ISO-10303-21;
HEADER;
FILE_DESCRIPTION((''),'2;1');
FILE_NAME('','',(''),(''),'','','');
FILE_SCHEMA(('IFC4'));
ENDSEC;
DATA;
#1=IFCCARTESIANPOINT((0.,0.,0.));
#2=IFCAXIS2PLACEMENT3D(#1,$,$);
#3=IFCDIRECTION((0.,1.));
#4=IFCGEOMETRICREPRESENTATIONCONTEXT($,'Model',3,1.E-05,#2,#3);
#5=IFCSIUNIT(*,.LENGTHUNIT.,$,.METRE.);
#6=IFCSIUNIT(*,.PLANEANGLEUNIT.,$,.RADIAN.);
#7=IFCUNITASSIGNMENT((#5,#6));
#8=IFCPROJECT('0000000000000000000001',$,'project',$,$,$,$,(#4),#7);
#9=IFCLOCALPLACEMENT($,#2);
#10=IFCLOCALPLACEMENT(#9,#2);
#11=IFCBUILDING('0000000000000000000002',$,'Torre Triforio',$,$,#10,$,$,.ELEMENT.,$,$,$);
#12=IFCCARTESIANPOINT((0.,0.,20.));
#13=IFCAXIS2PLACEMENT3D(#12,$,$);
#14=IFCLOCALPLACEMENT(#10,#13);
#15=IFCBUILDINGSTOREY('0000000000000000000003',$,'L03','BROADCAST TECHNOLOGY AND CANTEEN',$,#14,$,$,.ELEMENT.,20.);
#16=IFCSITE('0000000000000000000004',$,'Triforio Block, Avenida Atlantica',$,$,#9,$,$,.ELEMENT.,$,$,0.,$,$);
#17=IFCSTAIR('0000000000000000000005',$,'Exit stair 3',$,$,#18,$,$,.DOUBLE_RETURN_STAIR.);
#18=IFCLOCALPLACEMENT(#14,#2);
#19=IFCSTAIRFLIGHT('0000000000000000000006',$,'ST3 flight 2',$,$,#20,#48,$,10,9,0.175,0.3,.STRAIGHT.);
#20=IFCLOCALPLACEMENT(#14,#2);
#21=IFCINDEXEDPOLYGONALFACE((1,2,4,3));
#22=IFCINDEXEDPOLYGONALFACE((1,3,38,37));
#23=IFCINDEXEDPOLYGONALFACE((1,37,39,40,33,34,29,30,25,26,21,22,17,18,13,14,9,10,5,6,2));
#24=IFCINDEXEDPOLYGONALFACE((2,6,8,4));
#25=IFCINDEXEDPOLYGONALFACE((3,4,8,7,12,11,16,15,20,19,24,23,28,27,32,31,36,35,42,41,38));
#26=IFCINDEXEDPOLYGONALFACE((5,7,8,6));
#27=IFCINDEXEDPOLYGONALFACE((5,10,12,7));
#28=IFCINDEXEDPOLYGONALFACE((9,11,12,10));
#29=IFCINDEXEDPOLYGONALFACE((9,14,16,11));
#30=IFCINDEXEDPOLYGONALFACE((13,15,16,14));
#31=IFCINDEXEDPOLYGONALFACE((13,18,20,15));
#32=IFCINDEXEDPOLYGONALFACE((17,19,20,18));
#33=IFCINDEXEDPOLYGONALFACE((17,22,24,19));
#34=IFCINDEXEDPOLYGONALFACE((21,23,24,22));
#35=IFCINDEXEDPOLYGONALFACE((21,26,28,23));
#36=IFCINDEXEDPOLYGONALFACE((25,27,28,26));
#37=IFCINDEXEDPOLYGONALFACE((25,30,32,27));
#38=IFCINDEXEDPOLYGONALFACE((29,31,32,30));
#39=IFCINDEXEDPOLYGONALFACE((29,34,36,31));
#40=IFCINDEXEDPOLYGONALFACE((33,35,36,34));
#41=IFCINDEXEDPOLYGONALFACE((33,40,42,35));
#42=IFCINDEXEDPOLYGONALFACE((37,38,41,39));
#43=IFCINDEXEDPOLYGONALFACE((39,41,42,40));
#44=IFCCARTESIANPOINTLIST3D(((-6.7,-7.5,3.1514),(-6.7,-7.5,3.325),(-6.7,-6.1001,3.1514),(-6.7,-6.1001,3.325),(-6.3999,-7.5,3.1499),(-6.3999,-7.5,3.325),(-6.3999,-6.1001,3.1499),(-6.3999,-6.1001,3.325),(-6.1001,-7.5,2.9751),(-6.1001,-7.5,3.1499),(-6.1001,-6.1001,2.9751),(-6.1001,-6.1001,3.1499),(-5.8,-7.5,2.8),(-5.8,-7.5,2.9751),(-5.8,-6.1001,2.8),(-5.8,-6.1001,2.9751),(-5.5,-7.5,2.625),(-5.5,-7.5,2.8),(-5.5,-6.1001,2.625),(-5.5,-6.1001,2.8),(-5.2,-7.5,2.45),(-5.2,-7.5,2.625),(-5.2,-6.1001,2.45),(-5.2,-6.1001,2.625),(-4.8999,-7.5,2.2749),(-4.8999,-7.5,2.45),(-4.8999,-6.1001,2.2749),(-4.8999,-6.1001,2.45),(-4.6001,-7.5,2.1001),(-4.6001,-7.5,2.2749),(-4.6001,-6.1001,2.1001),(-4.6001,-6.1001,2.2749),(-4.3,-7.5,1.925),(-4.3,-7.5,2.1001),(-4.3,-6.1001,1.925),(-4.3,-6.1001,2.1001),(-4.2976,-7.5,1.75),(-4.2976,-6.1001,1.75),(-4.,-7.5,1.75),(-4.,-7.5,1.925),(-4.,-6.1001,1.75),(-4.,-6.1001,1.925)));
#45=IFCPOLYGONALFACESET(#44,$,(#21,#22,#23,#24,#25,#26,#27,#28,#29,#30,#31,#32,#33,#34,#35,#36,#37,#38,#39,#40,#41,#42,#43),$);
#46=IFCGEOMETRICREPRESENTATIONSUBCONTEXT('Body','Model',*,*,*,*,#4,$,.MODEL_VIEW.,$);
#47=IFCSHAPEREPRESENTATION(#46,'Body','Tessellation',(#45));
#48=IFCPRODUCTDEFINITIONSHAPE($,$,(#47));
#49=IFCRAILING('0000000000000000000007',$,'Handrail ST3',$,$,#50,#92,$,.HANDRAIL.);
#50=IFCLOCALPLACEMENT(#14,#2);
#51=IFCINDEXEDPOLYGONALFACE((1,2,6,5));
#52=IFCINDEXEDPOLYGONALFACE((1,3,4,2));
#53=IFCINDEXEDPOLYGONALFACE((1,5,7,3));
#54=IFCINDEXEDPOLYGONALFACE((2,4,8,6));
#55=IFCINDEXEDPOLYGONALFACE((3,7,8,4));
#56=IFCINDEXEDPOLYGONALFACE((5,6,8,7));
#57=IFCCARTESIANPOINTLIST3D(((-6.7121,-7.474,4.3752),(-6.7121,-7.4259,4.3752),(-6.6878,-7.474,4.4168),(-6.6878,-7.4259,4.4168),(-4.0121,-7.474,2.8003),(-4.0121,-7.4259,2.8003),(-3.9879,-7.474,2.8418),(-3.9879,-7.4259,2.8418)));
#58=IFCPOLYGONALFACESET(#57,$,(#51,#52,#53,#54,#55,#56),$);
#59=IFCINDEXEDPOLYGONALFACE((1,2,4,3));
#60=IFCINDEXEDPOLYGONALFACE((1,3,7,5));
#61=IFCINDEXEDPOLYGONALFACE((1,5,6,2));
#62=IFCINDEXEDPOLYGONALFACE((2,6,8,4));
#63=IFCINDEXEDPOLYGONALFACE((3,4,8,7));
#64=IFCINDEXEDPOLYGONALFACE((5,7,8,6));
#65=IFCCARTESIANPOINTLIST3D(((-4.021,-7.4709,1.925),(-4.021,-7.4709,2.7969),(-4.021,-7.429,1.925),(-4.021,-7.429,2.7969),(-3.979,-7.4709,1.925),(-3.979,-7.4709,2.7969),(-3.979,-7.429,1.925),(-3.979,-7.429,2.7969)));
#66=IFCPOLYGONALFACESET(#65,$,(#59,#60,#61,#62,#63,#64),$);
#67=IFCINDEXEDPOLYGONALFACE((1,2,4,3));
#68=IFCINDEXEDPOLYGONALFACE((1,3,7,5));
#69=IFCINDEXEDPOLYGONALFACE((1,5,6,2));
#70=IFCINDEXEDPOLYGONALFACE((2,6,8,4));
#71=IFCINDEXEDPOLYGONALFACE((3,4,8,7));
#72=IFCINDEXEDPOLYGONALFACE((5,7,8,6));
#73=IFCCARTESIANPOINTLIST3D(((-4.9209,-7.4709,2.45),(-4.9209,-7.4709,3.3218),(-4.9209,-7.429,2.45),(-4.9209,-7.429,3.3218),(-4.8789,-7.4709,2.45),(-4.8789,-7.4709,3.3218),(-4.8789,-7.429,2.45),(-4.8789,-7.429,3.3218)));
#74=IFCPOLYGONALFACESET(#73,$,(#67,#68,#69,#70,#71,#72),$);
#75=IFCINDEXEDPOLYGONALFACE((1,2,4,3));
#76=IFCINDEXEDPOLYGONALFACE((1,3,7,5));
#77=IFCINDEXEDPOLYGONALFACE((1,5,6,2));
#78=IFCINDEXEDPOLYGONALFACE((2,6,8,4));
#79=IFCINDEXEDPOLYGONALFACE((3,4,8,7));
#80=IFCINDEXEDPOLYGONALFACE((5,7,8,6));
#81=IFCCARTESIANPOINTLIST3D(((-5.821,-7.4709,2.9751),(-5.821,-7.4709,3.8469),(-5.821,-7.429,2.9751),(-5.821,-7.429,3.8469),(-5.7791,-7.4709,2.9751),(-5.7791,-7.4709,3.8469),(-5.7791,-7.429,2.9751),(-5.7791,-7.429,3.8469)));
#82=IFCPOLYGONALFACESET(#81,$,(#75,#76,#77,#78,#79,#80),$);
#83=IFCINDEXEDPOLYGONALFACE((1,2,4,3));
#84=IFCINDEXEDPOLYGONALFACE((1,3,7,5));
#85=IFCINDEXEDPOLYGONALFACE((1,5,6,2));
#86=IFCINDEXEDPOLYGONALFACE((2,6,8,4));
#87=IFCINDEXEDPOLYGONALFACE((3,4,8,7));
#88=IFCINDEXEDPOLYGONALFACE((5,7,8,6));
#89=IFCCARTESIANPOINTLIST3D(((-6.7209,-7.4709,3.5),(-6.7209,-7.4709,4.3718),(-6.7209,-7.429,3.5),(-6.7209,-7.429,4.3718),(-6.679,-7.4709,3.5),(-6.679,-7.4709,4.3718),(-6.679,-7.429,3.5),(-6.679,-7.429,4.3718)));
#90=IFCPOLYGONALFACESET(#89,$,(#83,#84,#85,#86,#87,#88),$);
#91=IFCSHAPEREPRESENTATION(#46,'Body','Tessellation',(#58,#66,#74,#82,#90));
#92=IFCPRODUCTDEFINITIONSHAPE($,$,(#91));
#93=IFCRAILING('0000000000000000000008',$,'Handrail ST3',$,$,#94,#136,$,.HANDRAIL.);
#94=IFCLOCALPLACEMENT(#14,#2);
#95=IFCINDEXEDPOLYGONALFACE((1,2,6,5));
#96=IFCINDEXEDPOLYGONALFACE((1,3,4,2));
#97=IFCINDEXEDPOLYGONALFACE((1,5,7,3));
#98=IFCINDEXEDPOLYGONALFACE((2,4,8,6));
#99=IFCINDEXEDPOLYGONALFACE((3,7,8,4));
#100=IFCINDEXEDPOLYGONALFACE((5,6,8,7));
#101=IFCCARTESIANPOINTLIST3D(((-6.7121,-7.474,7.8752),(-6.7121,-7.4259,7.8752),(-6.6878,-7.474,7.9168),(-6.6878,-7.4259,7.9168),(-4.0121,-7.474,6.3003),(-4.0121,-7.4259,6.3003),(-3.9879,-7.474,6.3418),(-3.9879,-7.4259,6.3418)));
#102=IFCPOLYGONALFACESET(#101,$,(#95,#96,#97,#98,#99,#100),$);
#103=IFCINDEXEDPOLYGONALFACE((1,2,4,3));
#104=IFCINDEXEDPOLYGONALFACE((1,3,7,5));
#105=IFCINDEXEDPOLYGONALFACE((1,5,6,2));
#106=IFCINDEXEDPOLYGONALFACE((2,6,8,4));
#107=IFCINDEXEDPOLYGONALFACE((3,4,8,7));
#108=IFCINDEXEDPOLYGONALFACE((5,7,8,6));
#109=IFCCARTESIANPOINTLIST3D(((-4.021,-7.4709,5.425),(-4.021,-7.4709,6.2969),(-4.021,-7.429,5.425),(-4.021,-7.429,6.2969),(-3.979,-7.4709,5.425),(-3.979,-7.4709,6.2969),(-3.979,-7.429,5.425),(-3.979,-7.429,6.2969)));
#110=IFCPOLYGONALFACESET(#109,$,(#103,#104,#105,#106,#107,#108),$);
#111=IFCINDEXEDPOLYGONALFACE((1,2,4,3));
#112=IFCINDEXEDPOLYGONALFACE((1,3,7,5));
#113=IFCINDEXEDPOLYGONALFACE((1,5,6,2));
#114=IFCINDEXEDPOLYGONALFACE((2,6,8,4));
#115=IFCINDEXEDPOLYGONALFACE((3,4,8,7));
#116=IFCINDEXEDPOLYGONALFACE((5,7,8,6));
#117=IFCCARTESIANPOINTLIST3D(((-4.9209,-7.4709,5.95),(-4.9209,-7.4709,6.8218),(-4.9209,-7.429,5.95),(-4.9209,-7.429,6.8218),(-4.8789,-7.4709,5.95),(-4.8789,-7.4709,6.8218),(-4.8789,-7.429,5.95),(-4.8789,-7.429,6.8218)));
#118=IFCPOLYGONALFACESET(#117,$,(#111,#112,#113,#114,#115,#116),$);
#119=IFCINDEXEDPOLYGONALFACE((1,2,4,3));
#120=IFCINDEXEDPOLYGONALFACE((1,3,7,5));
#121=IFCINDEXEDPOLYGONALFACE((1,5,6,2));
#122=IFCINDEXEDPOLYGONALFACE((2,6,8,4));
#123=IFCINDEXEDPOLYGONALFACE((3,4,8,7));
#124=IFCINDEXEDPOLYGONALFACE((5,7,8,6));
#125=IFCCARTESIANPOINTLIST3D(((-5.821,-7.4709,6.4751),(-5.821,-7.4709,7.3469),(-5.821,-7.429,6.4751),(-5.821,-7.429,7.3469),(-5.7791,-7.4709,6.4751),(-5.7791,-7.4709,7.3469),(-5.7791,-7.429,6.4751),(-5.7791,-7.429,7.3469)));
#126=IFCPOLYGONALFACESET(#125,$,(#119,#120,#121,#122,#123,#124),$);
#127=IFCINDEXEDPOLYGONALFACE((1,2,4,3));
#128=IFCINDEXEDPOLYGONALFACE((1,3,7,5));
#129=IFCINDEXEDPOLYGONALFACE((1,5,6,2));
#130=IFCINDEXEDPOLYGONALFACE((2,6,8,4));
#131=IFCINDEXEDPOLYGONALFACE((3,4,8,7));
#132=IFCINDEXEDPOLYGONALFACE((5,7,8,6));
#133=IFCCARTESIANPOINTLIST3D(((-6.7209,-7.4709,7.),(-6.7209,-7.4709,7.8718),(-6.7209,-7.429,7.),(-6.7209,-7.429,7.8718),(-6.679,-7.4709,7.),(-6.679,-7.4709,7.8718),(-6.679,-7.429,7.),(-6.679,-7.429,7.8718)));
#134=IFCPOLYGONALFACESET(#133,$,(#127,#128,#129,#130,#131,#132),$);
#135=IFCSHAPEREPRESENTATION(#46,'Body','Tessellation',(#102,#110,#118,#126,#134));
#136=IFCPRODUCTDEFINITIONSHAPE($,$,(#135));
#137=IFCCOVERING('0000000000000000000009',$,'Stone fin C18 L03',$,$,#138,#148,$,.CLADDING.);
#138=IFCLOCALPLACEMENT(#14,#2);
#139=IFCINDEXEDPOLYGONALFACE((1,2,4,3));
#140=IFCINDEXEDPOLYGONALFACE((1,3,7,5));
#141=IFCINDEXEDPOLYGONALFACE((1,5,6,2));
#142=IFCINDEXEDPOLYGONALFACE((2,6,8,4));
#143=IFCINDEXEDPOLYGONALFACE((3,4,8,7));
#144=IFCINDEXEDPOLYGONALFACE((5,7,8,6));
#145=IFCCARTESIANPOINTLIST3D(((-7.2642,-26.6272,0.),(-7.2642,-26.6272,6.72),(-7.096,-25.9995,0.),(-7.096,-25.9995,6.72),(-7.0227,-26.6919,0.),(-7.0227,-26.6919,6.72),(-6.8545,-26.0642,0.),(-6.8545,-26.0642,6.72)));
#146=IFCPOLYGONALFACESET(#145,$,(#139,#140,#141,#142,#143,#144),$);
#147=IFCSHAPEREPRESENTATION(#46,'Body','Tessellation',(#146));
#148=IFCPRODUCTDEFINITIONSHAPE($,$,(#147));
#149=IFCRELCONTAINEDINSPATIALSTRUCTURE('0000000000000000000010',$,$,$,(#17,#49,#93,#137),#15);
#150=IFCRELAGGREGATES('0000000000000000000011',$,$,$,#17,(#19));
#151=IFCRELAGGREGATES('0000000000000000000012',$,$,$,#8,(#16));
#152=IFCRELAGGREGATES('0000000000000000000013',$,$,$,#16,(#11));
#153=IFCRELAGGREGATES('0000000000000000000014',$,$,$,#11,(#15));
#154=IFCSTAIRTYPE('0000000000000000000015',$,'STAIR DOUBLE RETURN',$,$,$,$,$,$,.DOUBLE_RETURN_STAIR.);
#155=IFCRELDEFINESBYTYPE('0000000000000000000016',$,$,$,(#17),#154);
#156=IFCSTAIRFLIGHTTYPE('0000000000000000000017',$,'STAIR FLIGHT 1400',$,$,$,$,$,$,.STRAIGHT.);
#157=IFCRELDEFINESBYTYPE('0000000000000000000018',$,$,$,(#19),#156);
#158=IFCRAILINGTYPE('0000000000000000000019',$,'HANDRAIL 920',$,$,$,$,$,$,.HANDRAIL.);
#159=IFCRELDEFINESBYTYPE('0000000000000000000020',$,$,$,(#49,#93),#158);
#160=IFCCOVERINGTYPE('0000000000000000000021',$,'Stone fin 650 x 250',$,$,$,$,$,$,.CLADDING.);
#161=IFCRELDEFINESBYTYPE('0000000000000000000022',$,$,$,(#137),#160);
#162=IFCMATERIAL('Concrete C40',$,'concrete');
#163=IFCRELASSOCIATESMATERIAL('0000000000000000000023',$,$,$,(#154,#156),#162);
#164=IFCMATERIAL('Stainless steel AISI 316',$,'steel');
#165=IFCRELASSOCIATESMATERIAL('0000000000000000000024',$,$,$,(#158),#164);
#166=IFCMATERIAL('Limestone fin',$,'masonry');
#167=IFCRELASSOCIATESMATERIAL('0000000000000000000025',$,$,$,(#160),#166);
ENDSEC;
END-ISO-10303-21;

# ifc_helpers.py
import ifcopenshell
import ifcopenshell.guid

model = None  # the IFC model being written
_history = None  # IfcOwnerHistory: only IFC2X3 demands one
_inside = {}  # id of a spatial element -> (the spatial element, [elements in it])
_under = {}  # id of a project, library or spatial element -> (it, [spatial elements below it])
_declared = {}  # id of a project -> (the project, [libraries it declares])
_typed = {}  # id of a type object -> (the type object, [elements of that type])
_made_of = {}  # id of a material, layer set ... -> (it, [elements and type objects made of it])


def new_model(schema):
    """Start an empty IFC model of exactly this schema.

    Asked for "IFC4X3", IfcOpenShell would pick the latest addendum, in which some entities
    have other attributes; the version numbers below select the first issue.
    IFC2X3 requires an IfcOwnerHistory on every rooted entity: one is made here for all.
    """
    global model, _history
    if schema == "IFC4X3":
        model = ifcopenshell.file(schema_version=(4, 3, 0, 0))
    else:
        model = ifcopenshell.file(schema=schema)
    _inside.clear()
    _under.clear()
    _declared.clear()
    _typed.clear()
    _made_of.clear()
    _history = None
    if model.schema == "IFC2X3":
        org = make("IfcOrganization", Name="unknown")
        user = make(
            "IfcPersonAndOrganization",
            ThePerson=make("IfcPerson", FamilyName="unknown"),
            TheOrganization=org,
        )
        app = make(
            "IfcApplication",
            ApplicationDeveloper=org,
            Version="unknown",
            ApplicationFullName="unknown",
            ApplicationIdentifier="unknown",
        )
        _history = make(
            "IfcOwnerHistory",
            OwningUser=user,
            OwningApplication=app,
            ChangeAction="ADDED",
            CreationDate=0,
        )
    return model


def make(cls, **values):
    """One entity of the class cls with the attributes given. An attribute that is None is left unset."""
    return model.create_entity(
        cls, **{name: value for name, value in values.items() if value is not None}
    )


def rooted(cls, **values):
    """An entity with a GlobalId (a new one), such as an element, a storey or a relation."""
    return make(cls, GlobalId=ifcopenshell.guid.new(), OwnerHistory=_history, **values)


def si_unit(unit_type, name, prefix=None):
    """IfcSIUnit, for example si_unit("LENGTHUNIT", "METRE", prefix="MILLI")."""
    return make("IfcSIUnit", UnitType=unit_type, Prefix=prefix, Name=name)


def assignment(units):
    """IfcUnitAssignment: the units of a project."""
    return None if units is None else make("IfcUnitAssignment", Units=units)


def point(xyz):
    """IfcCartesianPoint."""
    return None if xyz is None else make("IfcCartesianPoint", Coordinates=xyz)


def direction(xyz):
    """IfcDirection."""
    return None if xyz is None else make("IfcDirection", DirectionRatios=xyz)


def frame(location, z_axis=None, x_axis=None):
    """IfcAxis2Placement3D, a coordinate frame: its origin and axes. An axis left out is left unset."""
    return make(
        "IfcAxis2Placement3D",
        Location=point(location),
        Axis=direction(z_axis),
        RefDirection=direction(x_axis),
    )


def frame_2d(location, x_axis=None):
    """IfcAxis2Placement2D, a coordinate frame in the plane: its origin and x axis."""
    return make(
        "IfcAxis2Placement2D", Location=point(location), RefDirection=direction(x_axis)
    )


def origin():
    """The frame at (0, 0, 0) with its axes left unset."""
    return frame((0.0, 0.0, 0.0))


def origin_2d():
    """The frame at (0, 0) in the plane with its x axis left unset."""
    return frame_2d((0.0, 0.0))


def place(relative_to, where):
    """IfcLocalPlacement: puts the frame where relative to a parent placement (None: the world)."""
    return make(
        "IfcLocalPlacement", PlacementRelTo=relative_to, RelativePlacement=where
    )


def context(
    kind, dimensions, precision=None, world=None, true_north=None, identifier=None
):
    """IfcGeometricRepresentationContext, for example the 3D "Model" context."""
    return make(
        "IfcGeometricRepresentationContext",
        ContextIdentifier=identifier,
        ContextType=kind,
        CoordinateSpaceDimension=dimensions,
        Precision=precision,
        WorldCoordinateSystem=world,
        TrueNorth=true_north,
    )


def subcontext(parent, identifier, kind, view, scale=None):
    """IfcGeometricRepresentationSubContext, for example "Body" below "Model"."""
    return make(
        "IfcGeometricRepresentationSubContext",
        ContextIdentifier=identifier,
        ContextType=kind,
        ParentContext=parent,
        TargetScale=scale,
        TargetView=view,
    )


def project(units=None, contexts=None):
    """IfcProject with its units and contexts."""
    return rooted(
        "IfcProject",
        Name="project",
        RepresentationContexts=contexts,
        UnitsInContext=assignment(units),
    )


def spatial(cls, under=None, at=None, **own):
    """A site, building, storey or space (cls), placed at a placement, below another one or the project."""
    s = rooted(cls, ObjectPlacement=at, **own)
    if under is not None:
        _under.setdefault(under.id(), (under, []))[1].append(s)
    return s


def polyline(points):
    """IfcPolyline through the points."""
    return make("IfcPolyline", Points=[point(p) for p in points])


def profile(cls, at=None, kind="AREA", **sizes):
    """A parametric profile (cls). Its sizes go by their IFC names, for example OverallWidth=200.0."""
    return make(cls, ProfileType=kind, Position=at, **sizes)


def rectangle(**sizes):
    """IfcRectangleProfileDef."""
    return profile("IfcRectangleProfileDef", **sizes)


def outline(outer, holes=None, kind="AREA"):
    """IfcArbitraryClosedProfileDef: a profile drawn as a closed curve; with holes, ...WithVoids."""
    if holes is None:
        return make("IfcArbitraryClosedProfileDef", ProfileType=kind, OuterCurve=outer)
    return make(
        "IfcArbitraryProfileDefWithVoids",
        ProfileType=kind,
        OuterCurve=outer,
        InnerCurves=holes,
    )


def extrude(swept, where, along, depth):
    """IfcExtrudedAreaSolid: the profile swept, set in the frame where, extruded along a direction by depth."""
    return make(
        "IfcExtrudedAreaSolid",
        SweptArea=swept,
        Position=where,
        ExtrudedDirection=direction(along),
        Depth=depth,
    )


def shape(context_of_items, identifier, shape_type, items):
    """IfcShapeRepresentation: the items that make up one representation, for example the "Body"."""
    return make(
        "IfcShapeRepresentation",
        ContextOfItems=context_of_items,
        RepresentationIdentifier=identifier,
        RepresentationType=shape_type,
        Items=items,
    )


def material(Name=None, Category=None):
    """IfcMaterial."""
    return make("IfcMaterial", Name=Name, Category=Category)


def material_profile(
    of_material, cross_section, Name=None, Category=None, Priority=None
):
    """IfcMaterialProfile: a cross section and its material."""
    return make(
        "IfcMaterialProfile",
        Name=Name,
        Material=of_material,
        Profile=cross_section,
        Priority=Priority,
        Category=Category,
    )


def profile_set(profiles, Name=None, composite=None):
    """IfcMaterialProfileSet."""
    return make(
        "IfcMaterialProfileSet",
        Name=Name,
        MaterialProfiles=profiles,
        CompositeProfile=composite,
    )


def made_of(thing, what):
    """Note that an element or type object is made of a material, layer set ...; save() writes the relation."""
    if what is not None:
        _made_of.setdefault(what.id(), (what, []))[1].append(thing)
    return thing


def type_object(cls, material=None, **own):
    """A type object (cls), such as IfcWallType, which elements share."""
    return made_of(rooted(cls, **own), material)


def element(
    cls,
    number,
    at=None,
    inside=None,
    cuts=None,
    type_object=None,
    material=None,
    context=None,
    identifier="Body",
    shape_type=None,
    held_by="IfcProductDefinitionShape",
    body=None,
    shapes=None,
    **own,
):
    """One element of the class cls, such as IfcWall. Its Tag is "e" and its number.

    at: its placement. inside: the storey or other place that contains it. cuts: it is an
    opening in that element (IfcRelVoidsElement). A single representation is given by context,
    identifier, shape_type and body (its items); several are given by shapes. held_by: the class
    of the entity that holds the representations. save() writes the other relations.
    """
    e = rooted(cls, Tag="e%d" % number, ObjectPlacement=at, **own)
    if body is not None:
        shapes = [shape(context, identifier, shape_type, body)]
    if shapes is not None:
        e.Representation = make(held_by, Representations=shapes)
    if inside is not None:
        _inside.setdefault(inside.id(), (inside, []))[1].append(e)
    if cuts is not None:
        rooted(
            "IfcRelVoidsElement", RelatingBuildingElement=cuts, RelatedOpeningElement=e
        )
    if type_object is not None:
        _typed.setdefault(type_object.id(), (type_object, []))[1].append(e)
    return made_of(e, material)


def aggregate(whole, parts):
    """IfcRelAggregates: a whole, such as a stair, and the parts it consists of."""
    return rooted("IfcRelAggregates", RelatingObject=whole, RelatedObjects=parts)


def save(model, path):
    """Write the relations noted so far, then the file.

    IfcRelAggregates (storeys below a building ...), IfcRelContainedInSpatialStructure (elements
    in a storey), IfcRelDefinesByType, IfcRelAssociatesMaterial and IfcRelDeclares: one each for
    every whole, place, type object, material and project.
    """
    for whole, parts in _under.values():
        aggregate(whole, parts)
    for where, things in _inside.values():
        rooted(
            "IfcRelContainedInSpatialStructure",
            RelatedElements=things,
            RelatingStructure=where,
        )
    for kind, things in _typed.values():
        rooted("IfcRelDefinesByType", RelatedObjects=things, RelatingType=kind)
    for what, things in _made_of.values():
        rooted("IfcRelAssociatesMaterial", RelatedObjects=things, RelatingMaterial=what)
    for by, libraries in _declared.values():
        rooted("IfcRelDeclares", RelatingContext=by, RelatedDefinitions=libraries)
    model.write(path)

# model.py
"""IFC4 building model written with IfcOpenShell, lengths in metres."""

from ifc_helpers import new_model, si_unit, direction, frame, origin, origin_2d, place, context, subcontext, project, spatial, polyline, rectangle, outline, extrude, material, material_profile, profile_set, type_object, element, aggregate, save


model = new_model("IFC4")

# Units and contexts
model_context = context("Model", 3, precision=1e-05, world=origin(), true_north=direction((0.0, 1.0)))
body_context = subcontext(model_context, "Body", "Model", "MODEL_VIEW")
ifc_project = project(units=[si_unit("LENGTHUNIT", "METRE"), si_unit("PLANEANGLEUNIT", "RADIAN")], contexts=[model_context])

# Site, building, storey
site_placement = place(None, origin())
site = spatial("IfcSite", under=ifc_project, at=site_placement, Name="Triforio Block, Avenida Atlantica", CompositionType="ELEMENT", RefElevation=0.0)
building_placement = place(site_placement, origin())
building = spatial("IfcBuilding", under=site, at=building_placement, Name="Torre Triforio", CompositionType="ELEMENT")
storey_placement = place(building_placement, frame((0.0, 0.0, 20.0)))
storey = spatial("IfcBuildingStorey", under=building, at=storey_placement, Name="L03", Description="BROADCAST TECHNOLOGY AND CANTEEN", CompositionType="ELEMENT", Elevation=20.0)

# Shared definitions
ifc_material_1 = material(Name="Concrete C40", Category="concrete")

# Stair, stair flight
stair_type = type_object("IfcStairType", Name="STAIR DOUBLE RETURN", PredefinedType="DOUBLE_RETURN_STAIR", material=ifc_material_1)
stair_placement = place(storey_placement, origin())
stair = element("IfcStair", 1, at=stair_placement, inside=storey, type_object=stair_type, Name="Exit stair 3", PredefinedType="DOUBLE_RETURN_STAIR")
stair_flight_type = type_object("IfcStairFlightType", Name="STAIR FLIGHT 1400", PredefinedType="STRAIGHT", material=ifc_material_1)
stair_flight_placement = place(storey_placement, frame((-4.0, -6.8, 1.75), z_axis=(0.0, 0.0, 1.0), x_axis=(-1.0, 0.0, 0.0)))
stair_flight = element("IfcStairFlight", 2, at=stair_flight_placement, type_object=stair_flight_type, Name="ST3 flight 2", NumberOfRisers=10, NumberOfTreads=9, PredefinedType="STRAIGHT", RiserHeight=0.175, TreadLength=0.3, context=body_context, shape_type="SweptSolid", body=[
    extrude(outline(polyline([(0.0, 0.0), (0.0, 0.175), (0.3, 0.175), (0.3, 0.3501), (0.6001, 0.3501), (0.6001, 0.5249), (0.8999, 0.5249), (0.8999, 0.7), (1.2, 0.7), (1.2, 0.875), (1.5, 0.875), (1.5, 1.05), (1.8, 1.05), (1.8, 1.2251), (2.1001, 1.2251), (2.1001, 1.3999), (2.3999, 1.3999), (2.3999, 1.575), (2.7, 1.575), (2.7, 1.75), (2.7, 1.4014), (0.2976, 0.0), (0.0, 0.0)])), frame((0.0, 0.7, 0.0), z_axis=(0.0, -1.0, 0.0), x_axis=(1.0, 0.0, 0.0)), (0.0, 0.0, 1.0), 1.3999),
])
aggregate(stair, [stair_flight])

# Railings
ifc_material_2 = material(Name="Stainless steel AISI 316", Category="steel")
railing_type = type_object("IfcRailingType", Name="HANDRAIL 920", PredefinedType="HANDRAIL", material=ifc_material_2)
for number, where, name in (
    (3, (-4.0, -7.45, 1.925), "Handrail ST3"),
    (4, (-4.0, -7.45, 5.425), "Handrail ST3"),
):
    element("IfcRailing", number, at=place(storey_placement, frame(where)), inside=storey, type_object=railing_type, Name=name, PredefinedType="HANDRAIL", context=body_context, shape_type="SweptSolid", body=[
        extrude(rectangle(XDim=0.0481, YDim=0.0481, at=origin_2d()), frame((0.0, 0.0, 0.896), z_axis=(-0.863782, 0.0, 0.503866), x_axis=(0.0, -1.0, 0.0)), (0.0, 0.0, 1.0), 3.1257),
        extrude(rectangle(XDim=0.042, YDim=0.042, at=origin_2d()), origin(), (0.0, 0.0, 1.0), 0.8718),
        extrude(rectangle(XDim=0.042, YDim=0.042, at=origin_2d()), frame((-0.8999, 0.0, 0.5249)), (0.0, 0.0, 1.0), 0.8718),
        extrude(rectangle(XDim=0.042, YDim=0.042, at=origin_2d()), frame((-1.8, 0.0, 1.05)), (0.0, 0.0, 1.0), 0.8718),
        extrude(rectangle(XDim=0.042, YDim=0.042, at=origin_2d()), frame((-2.7, 0.0, 1.575)), (0.0, 0.0, 1.0), 0.8718),
    ])

# Covering
ifc_material_3 = material(Name="Limestone fin", Category="masonry")
ifc_material_profile_1 = material_profile(ifc_material_3, rectangle(XDim=0.6499, YDim=0.25, at=origin_2d()), Name="FIN 650x250")
ifc_profile_set_1 = profile_set([ifc_material_profile_1], Name="Limestone fin")
covering_type = type_object("IfcCoveringType", Name="Stone fin 650 x 250", PredefinedType="CLADDING", material=ifc_profile_set_1)
covering_placement = place(storey_placement, frame((-7.0593, -26.3457, 0.0), z_axis=(0.0, 0.0, 1.0), x_axis=(-0.258819, -0.965926, 0.0)))
element("IfcCovering", 5, at=covering_placement, inside=storey, type_object=covering_type, Name="Stone fin C18 L03", PredefinedType="CLADDING", context=body_context, shape_type="SweptSolid", body=[
    extrude(rectangle(XDim=0.6499, YDim=0.25, at=origin_2d()), origin(), (0.0, 0.0, 1.0), 6.72),
])

save(model, "model.ifc")
